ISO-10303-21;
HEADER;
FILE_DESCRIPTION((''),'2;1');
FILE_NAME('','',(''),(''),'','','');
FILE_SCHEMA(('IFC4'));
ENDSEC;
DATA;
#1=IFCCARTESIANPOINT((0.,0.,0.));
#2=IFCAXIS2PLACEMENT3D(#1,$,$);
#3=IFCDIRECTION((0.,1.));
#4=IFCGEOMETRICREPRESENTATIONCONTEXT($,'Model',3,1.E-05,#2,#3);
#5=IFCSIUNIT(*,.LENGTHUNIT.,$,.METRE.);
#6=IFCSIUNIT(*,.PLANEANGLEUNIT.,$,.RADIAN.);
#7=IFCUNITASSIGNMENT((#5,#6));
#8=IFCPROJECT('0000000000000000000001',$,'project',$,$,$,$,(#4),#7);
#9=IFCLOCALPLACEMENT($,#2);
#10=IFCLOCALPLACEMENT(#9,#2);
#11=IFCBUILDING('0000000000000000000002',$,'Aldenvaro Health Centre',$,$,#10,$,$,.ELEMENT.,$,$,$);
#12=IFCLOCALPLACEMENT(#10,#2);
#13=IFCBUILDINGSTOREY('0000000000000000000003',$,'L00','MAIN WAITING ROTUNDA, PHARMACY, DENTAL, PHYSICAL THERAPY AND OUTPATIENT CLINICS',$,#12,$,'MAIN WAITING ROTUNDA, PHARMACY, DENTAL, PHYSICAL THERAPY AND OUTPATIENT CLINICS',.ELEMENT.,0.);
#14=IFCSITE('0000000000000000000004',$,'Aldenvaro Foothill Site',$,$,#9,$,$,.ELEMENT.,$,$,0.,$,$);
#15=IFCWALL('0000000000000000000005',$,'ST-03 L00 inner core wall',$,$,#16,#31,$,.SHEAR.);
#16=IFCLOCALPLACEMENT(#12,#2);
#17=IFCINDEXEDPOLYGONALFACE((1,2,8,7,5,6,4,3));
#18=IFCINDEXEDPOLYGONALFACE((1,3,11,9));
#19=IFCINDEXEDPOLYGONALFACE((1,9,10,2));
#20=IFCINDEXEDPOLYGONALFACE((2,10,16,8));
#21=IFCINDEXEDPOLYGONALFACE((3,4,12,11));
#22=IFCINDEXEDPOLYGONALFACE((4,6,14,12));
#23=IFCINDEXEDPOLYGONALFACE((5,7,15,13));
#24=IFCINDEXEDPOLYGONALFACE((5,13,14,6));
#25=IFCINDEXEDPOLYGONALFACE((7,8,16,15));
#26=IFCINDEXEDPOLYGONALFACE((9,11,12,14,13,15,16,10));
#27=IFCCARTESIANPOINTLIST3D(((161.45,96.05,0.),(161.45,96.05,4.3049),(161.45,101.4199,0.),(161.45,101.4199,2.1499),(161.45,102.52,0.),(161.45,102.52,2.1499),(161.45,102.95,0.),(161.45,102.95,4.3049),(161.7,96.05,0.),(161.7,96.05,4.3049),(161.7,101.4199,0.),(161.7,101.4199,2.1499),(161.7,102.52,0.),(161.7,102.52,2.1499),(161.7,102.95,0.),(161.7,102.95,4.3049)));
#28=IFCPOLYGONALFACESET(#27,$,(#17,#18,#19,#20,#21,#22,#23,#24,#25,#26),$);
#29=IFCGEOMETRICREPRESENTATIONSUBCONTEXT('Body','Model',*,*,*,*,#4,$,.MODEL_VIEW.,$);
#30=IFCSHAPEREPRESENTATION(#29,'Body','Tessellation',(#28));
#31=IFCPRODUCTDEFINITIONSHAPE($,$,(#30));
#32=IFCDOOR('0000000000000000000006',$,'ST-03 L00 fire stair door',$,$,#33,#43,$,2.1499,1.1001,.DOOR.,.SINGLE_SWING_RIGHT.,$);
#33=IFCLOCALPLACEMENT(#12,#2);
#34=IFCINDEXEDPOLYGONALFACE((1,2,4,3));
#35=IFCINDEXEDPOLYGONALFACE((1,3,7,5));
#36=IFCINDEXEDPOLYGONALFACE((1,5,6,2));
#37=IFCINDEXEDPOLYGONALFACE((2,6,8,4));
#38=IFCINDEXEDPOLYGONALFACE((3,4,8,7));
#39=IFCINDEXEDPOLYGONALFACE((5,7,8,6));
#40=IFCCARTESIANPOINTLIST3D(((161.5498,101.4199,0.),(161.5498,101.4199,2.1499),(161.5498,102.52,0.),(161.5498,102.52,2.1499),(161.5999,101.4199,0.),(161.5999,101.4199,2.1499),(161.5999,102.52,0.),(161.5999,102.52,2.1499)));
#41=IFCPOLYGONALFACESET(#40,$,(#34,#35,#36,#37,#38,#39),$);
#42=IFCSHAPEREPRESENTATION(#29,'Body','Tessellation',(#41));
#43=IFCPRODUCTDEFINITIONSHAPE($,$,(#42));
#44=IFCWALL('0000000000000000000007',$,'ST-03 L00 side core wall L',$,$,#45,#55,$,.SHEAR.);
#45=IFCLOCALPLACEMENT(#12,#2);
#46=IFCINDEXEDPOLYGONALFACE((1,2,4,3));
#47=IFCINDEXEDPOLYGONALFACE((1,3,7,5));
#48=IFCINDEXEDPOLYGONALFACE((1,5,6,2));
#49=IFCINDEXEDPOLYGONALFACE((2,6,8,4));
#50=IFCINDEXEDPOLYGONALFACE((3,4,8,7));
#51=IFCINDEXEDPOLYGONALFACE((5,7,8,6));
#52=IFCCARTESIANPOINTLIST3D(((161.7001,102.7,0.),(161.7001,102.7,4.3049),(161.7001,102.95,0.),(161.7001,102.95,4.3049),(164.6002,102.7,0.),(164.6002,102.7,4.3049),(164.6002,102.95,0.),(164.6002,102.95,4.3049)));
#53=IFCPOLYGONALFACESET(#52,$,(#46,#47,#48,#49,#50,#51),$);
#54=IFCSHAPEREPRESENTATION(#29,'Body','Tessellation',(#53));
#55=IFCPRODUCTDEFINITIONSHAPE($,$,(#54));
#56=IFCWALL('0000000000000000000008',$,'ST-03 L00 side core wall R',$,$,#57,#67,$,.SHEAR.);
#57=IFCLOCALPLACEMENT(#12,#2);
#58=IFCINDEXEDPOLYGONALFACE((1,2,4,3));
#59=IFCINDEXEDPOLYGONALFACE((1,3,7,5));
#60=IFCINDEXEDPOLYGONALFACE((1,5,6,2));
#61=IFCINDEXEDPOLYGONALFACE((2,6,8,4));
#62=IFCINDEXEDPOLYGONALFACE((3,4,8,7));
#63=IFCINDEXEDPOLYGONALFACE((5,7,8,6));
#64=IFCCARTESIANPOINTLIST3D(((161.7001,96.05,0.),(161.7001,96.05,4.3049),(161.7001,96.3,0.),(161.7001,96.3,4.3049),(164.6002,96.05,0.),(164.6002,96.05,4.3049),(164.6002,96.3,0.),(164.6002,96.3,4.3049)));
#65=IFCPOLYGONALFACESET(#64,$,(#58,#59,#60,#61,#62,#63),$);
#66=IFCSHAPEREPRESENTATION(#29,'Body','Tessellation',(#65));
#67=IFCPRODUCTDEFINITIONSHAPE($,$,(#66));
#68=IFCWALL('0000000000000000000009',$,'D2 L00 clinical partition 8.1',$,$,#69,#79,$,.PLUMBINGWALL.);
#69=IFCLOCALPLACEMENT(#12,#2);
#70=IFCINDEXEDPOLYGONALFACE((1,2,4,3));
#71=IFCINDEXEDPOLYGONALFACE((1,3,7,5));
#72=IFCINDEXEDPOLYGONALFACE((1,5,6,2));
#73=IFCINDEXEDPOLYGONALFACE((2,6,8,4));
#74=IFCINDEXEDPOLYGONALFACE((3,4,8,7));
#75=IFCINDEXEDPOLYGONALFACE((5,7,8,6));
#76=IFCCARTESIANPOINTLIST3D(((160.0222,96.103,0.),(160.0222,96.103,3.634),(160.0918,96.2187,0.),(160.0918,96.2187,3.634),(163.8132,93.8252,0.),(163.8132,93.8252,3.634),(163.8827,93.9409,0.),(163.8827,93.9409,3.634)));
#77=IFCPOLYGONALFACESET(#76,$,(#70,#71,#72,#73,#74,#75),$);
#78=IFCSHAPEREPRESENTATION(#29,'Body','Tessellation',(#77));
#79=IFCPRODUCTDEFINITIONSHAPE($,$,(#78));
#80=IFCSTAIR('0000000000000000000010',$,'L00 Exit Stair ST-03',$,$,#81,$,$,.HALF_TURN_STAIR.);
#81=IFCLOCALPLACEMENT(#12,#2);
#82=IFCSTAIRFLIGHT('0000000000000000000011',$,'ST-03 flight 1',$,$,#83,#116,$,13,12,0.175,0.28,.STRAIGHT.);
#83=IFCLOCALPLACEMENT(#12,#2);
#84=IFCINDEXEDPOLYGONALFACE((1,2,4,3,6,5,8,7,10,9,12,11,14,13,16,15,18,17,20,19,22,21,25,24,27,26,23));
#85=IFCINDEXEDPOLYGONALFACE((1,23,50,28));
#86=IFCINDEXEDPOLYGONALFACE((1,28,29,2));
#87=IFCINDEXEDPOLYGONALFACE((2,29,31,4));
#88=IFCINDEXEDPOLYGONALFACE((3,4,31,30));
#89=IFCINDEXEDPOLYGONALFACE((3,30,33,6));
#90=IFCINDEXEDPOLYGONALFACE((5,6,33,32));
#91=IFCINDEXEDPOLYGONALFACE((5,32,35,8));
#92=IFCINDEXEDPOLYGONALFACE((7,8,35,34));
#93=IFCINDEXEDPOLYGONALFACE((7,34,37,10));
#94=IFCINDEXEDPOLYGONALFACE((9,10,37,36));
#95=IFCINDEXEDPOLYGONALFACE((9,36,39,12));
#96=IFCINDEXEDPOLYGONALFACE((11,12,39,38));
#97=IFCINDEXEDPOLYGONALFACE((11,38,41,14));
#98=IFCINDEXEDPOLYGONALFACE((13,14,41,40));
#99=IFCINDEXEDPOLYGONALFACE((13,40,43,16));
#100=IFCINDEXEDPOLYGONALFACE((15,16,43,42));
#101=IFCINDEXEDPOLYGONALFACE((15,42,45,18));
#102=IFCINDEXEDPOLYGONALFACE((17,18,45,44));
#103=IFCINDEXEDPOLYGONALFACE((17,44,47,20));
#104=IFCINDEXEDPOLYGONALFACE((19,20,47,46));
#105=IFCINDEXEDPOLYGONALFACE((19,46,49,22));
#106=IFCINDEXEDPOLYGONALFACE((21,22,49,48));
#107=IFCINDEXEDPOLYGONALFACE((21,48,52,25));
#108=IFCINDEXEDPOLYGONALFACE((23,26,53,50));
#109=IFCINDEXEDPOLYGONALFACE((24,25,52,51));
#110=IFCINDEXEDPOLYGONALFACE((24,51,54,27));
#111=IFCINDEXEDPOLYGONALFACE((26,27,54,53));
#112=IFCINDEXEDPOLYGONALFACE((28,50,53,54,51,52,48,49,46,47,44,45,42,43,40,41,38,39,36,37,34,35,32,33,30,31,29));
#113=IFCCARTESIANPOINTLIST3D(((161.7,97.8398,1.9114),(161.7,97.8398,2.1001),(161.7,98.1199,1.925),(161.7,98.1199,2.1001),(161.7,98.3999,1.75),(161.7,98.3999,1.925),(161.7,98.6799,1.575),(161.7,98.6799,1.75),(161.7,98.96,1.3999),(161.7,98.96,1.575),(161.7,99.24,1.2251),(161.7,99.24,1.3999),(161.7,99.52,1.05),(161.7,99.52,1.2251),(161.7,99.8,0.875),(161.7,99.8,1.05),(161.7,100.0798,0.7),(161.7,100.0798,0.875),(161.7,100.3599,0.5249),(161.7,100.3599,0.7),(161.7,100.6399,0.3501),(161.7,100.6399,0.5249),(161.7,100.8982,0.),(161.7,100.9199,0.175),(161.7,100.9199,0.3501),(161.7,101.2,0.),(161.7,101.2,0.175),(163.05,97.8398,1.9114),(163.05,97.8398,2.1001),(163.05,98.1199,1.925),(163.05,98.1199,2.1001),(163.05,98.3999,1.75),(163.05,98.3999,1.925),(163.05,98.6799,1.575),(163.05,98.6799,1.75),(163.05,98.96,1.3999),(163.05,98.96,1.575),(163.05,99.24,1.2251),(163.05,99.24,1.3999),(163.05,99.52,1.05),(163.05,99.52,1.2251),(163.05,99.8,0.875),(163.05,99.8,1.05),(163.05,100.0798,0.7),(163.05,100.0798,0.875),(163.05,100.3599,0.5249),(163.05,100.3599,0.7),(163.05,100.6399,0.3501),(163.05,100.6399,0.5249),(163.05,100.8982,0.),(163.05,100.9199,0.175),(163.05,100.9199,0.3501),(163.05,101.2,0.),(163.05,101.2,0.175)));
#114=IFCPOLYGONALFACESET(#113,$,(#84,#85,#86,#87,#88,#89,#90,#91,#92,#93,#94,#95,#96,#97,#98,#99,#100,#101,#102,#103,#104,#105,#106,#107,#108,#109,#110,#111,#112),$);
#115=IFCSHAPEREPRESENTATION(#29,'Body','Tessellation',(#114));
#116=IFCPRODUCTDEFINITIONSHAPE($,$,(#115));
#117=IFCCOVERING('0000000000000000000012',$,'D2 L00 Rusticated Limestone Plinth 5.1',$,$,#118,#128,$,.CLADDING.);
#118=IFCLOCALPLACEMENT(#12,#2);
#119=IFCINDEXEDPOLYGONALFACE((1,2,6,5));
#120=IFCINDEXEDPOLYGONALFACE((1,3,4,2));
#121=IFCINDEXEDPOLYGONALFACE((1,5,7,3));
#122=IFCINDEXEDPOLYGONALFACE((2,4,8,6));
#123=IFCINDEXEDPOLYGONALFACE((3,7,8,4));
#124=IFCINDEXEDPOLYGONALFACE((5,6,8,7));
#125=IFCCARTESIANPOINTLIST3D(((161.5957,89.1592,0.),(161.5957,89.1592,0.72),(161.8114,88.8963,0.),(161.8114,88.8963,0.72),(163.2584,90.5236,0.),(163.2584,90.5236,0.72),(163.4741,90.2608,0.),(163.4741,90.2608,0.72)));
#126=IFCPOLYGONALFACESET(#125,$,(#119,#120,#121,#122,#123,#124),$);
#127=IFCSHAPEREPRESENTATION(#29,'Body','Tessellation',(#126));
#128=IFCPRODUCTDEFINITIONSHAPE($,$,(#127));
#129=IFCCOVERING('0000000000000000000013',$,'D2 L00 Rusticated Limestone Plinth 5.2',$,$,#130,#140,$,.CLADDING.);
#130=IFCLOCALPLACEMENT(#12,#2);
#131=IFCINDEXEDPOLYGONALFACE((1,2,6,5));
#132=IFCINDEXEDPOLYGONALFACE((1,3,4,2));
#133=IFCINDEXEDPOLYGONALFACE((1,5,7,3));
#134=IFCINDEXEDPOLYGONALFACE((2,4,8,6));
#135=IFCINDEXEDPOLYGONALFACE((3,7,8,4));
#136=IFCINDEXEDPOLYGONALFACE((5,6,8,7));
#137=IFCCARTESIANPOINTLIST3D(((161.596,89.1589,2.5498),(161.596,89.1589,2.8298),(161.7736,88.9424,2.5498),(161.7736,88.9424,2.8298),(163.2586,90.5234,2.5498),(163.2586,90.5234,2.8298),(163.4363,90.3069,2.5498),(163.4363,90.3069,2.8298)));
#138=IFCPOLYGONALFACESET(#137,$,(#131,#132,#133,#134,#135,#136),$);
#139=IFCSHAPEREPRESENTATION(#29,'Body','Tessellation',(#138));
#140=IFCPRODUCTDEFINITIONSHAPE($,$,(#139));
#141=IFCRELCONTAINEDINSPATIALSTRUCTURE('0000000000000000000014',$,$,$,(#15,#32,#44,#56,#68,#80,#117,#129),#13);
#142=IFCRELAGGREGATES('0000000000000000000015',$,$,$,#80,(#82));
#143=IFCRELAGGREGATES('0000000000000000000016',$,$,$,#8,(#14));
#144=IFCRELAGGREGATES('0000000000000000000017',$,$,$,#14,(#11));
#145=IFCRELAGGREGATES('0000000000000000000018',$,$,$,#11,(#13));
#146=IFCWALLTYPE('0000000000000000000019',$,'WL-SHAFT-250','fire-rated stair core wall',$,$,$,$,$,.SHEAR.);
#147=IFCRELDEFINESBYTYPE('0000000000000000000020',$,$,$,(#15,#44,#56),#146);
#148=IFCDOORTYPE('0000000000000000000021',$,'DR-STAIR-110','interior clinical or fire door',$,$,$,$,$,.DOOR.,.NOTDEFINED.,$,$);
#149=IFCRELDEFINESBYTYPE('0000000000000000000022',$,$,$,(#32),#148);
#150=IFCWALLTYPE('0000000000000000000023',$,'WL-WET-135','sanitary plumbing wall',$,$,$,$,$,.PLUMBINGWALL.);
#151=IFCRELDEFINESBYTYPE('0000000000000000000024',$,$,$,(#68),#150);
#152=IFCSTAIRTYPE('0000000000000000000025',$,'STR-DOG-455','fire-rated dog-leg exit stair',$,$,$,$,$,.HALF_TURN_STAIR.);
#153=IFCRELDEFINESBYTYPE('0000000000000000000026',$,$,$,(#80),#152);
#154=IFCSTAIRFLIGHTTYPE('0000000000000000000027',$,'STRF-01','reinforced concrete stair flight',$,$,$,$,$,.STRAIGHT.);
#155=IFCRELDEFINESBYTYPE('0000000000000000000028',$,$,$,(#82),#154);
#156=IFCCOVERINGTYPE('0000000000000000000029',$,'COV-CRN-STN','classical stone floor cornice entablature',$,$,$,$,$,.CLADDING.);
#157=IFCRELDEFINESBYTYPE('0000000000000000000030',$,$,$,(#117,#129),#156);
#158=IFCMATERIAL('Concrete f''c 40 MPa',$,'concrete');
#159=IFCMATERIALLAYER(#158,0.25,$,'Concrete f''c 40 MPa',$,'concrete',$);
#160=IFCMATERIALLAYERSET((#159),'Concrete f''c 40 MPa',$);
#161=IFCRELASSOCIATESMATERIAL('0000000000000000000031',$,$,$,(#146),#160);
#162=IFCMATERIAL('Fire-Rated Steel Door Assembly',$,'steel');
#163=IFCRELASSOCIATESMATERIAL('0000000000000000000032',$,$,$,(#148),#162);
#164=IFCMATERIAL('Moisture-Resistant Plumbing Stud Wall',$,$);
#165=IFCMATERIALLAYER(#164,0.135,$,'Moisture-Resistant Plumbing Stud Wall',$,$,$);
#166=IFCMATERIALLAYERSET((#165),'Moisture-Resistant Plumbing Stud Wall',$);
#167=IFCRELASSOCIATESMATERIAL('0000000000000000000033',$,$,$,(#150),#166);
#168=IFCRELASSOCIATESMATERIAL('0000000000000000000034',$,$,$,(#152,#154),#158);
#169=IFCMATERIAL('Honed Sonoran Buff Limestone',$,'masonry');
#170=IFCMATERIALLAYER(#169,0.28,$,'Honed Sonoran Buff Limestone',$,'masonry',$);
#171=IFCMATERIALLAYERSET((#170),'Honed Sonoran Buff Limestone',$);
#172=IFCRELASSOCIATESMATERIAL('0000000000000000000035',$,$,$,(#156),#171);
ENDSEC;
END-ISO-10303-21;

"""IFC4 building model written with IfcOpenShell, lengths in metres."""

from ifc_helpers import new_model, si_unit, direction, frame, frame_2d, origin, origin_2d, place, context, subcontext, project, spatial, polyline, rectangle, outline, extrude, material, layer, layer_set, type_object, element, fill, aggregate, save


model = new_model("IFC4")

# Units and contexts
model_context = context("Model", 3, precision=1e-05, world=origin(), true_north=direction((0.0, 1.0)))
body_context = subcontext(model_context, "Body", "Model", "MODEL_VIEW")
ifc_project = project(units=[si_unit("LENGTHUNIT", "METRE"), si_unit("PLANEANGLEUNIT", "RADIAN")], contexts=[model_context])

# Site, building, storey
site_placement = place(None, origin())
site = spatial("IfcSite", under=ifc_project, at=site_placement, Name="Aldenvaro Foothill Site", CompositionType="ELEMENT", RefElevation=0.0)
building_placement = place(site_placement, origin())
building = spatial("IfcBuilding", under=site, at=building_placement, Name="Aldenvaro Health Centre", CompositionType="ELEMENT")
storey_placement = place(building_placement, origin())
storey = spatial("IfcBuildingStorey", under=building, at=storey_placement, Name="L00", Description="MAIN WAITING ROTUNDA, PHARMACY, DENTAL, PHYSICAL THERAPY AND OUTPATIENT CLINICS", LongName="MAIN WAITING ROTUNDA, PHARMACY, DENTAL, PHYSICAL THERAPY AND OUTPATIENT CLINICS", CompositionType="ELEMENT", Elevation=0.0)

# Shared definitions
ifc_material_1 = material(Name="Concrete f'c 40 MPa", Category="concrete")

# Wall, opening, door
ifc_layer_1 = layer(ifc_material_1, 0.25, Name="Concrete f'c 40 MPa", Category="concrete")
ifc_layer_set_1 = layer_set([ifc_layer_1], Name="Concrete f'c 40 MPa")
wall_type_1 = type_object("IfcWallType", Name="WL-SHAFT-250", Description="fire-rated stair core wall", PredefinedType="SHEAR", material=ifc_layer_set_1)
wall_1_placement = place(storey_placement, frame((161.575, 102.95, 0.0), z_axis=(0.0, 0.0, 1.0), x_axis=(0.0, -1.0, 0.0)))
wall_1 = element("IfcWall", 1, at=wall_1_placement, inside=storey, type_object=wall_type_1, Name="ST-03 L00 inner core wall", PredefinedType="SHEAR", context=body_context, shape_type="SweptSolid", body=[
    extrude(rectangle(XDim=6.8999, YDim=0.25, at=frame_2d((3.45, 0.0))), origin(), (0.0, 0.0, 1.0), 4.3049),
])
opening_1_placement = place(wall_1_placement, frame((0.4299, 0.0, 0.0)))
opening_1 = element("IfcOpeningElement", 2, at=opening_1_placement, cuts=wall_1, PredefinedType="OPENING", context=body_context, shape_type="SweptSolid", body=[
    extrude(rectangle(XDim=1.1001, YDim=2.1499, at=frame_2d((0.55, 1.075))), frame((0.0, 0.135, 0.0), z_axis=(0.0, -1.0, 0.0), x_axis=(1.0, 0.0, 0.0)), (0.0, 0.0, 1.0), 0.27),
])
ifc_material_2 = material(Name="Fire-Rated Steel Door Assembly", Category="steel")
door_type_1 = type_object("IfcDoorType", Name="DR-STAIR-110", Description="interior clinical or fire door", OperationType="NOTDEFINED", PredefinedType="DOOR", material=ifc_material_2)
door_1_placement = place(opening_1_placement, origin())
door_1 = element("IfcDoor", 3, at=door_1_placement, inside=storey, type_object=door_type_1, Name="ST-03 L00 fire stair door", OperationType="SINGLE_SWING_RIGHT", OverallHeight=2.1499, OverallWidth=1.1001, PredefinedType="DOOR", context=body_context, shape_type="SweptSolid", body=[
    extrude(rectangle(XDim=1.1001, YDim=2.1499, at=frame_2d((0.55, 1.075))), frame((0.0, 0.0249, 0.0), z_axis=(0.0, -1.0, 0.0), x_axis=(1.0, 0.0, 0.0)), (0.0, 0.0, 1.0), 0.05),
])
fill(opening_1, door_1)

# Walls
for number, where, z_axis, x_axis, name in (
    (4, (161.7, 102.825, 0.0), (0.0, 0.0, 1.0), (1.0, 0.0, 0.0), "ST-03 L00 side core wall L"),
    (5, (161.7, 96.175, 0.0), (0.0, 0.0, 1.0), (1.0, 0.0, 0.0), "ST-03 L00 side core wall R"),
):
    element("IfcWall", number, at=place(storey_placement, frame(where, z_axis=z_axis, x_axis=x_axis)), inside=storey, type_object=wall_type_1, Name=name, PredefinedType="SHEAR", context=body_context, shape_type="SweptSolid", body=[
        extrude(rectangle(XDim=2.9001, YDim=0.25, at=frame_2d((1.4502, 0.0))), origin(), (0.0, 0.0, 1.0), 4.3049),
    ])
ifc_material_3 = material(Name="Moisture-Resistant Plumbing Stud Wall")
ifc_layer_2 = layer(ifc_material_3, 0.135, Name="Moisture-Resistant Plumbing Stud Wall")
ifc_layer_set_2 = layer_set([ifc_layer_2], Name="Moisture-Resistant Plumbing Stud Wall")
wall_type_2 = type_object("IfcWallType", Name="WL-WET-135", Description="sanitary plumbing wall", PredefinedType="PLUMBINGWALL", material=ifc_layer_set_2)
wall_2_placement = place(storey_placement, frame((160.0569, 96.1609, 0.0), z_axis=(0.0, 0.0, 1.0), x_axis=(0.857171, -0.515031, 0.0)))
element("IfcWall", 6, at=wall_2_placement, inside=storey, type_object=wall_type_2, Name="D2 L00 clinical partition 8.1", PredefinedType="PLUMBINGWALL", context=body_context, shape_type="SweptSolid", body=[
    extrude(rectangle(XDim=4.4226, YDim=0.135, at=frame_2d((2.2114, 0.0))), origin(), (0.0, 0.0, 1.0), 3.634),
])

# Stair, stair flight
stair_type = type_object("IfcStairType", Name="STR-DOG-455", Description="fire-rated dog-leg exit stair", PredefinedType="HALF_TURN_STAIR", material=ifc_material_1)
stair_placement = place(storey_placement, origin())
stair = element("IfcStair", 7, at=stair_placement, inside=storey, type_object=stair_type, Name="L00 Exit Stair ST-03", PredefinedType="HALF_TURN_STAIR")
stair_flight_type = type_object("IfcStairFlightType", Name="STRF-01", Description="reinforced concrete stair flight", PredefinedType="STRAIGHT", material=ifc_material_1)
stair_flight_placement = place(storey_placement, frame((162.375, 101.2, 0.0), z_axis=(0.0, 0.0, 1.0), x_axis=(0.0, -1.0, 0.0)))
stair_flight = element("IfcStairFlight", 8, at=stair_flight_placement, type_object=stair_flight_type, Name="ST-03 flight 1", NumberOfRisers=13, NumberOfTreads=12, PredefinedType="STRAIGHT", RiserHeight=0.175, TreadLength=0.28, context=body_context, shape_type="SweptSolid", body=[
    extrude(outline(polyline([(0.0, 0.0), (0.0, 0.175), (0.28, 0.175), (0.28, 0.3501), (0.5601, 0.3501), (0.5601, 0.5249), (0.8401, 0.5249), (0.8401, 0.7), (1.1201, 0.7), (1.1201, 0.875), (1.3999, 0.875), (1.3999, 1.05), (1.6799, 1.05), (1.6799, 1.2251), (1.96, 1.2251), (1.96, 1.3999), (2.24, 1.3999), (2.24, 1.575), (2.52, 1.575), (2.52, 1.75), (2.8, 1.75), (2.8, 1.925), (3.0801, 1.925), (3.0801, 2.1001), (3.3601, 2.1001), (3.3601, 2.2749), (3.3601, 1.9114), (0.3018, 0.0), (0.0, 0.0)])), frame((0.0, 0.675, 0.0), z_axis=(0.0, -1.0, 0.0), x_axis=(1.0, 0.0, 0.0)), (0.0, 0.0, 1.0), 1.3501),
])
aggregate(stair, [stair_flight])

# Coverings
ifc_material_4 = material(Name="Honed Sonoran Buff Limestone", Category="masonry")
ifc_layer_3 = layer(ifc_material_4, 0.28, Name="Honed Sonoran Buff Limestone", Category="masonry")
ifc_layer_set_3 = layer_set([ifc_layer_3], Name="Honed Sonoran Buff Limestone")
covering_type = type_object("IfcCoveringType", Name="COV-CRN-STN", Description="classical stone floor cornice entablature", PredefinedType="CLADDING", material=ifc_layer_set_3)
covering_1_placement = place(storey_placement, frame((162.5349, 89.71, 0.0), z_axis=(0.0, 0.0, 1.0), x_axis=(-0.773022, -0.63438, 0.0)))
element("IfcCovering", 9, at=covering_1_placement, inside=storey, type_object=covering_type, Name="D2 L00 Rusticated Limestone Plinth 5.1", PredefinedType="CLADDING", context=body_context, shape_type="SweptSolid", body=[
    extrude(rectangle(XDim=2.1509, YDim=0.3401, at=origin_2d()), origin(), (0.0, 0.0, 1.0), 0.72),
])
covering_2_placement = place(storey_placement, frame((162.5161, 89.7329, 2.5498), z_axis=(0.0, 0.0, 1.0), x_axis=(-0.773022, -0.63438, 0.0)))
element("IfcCovering", 10, at=covering_2_placement, inside=storey, type_object=covering_type, Name="D2 L00 Rusticated Limestone Plinth 5.2", PredefinedType="CLADDING", context=body_context, shape_type="SweptSolid", body=[
    extrude(rectangle(XDim=2.1509, YDim=0.28, at=origin_2d()), origin(), (0.0, 0.0, 1.0), 0.28),
])

save(model, "model.ifc")
